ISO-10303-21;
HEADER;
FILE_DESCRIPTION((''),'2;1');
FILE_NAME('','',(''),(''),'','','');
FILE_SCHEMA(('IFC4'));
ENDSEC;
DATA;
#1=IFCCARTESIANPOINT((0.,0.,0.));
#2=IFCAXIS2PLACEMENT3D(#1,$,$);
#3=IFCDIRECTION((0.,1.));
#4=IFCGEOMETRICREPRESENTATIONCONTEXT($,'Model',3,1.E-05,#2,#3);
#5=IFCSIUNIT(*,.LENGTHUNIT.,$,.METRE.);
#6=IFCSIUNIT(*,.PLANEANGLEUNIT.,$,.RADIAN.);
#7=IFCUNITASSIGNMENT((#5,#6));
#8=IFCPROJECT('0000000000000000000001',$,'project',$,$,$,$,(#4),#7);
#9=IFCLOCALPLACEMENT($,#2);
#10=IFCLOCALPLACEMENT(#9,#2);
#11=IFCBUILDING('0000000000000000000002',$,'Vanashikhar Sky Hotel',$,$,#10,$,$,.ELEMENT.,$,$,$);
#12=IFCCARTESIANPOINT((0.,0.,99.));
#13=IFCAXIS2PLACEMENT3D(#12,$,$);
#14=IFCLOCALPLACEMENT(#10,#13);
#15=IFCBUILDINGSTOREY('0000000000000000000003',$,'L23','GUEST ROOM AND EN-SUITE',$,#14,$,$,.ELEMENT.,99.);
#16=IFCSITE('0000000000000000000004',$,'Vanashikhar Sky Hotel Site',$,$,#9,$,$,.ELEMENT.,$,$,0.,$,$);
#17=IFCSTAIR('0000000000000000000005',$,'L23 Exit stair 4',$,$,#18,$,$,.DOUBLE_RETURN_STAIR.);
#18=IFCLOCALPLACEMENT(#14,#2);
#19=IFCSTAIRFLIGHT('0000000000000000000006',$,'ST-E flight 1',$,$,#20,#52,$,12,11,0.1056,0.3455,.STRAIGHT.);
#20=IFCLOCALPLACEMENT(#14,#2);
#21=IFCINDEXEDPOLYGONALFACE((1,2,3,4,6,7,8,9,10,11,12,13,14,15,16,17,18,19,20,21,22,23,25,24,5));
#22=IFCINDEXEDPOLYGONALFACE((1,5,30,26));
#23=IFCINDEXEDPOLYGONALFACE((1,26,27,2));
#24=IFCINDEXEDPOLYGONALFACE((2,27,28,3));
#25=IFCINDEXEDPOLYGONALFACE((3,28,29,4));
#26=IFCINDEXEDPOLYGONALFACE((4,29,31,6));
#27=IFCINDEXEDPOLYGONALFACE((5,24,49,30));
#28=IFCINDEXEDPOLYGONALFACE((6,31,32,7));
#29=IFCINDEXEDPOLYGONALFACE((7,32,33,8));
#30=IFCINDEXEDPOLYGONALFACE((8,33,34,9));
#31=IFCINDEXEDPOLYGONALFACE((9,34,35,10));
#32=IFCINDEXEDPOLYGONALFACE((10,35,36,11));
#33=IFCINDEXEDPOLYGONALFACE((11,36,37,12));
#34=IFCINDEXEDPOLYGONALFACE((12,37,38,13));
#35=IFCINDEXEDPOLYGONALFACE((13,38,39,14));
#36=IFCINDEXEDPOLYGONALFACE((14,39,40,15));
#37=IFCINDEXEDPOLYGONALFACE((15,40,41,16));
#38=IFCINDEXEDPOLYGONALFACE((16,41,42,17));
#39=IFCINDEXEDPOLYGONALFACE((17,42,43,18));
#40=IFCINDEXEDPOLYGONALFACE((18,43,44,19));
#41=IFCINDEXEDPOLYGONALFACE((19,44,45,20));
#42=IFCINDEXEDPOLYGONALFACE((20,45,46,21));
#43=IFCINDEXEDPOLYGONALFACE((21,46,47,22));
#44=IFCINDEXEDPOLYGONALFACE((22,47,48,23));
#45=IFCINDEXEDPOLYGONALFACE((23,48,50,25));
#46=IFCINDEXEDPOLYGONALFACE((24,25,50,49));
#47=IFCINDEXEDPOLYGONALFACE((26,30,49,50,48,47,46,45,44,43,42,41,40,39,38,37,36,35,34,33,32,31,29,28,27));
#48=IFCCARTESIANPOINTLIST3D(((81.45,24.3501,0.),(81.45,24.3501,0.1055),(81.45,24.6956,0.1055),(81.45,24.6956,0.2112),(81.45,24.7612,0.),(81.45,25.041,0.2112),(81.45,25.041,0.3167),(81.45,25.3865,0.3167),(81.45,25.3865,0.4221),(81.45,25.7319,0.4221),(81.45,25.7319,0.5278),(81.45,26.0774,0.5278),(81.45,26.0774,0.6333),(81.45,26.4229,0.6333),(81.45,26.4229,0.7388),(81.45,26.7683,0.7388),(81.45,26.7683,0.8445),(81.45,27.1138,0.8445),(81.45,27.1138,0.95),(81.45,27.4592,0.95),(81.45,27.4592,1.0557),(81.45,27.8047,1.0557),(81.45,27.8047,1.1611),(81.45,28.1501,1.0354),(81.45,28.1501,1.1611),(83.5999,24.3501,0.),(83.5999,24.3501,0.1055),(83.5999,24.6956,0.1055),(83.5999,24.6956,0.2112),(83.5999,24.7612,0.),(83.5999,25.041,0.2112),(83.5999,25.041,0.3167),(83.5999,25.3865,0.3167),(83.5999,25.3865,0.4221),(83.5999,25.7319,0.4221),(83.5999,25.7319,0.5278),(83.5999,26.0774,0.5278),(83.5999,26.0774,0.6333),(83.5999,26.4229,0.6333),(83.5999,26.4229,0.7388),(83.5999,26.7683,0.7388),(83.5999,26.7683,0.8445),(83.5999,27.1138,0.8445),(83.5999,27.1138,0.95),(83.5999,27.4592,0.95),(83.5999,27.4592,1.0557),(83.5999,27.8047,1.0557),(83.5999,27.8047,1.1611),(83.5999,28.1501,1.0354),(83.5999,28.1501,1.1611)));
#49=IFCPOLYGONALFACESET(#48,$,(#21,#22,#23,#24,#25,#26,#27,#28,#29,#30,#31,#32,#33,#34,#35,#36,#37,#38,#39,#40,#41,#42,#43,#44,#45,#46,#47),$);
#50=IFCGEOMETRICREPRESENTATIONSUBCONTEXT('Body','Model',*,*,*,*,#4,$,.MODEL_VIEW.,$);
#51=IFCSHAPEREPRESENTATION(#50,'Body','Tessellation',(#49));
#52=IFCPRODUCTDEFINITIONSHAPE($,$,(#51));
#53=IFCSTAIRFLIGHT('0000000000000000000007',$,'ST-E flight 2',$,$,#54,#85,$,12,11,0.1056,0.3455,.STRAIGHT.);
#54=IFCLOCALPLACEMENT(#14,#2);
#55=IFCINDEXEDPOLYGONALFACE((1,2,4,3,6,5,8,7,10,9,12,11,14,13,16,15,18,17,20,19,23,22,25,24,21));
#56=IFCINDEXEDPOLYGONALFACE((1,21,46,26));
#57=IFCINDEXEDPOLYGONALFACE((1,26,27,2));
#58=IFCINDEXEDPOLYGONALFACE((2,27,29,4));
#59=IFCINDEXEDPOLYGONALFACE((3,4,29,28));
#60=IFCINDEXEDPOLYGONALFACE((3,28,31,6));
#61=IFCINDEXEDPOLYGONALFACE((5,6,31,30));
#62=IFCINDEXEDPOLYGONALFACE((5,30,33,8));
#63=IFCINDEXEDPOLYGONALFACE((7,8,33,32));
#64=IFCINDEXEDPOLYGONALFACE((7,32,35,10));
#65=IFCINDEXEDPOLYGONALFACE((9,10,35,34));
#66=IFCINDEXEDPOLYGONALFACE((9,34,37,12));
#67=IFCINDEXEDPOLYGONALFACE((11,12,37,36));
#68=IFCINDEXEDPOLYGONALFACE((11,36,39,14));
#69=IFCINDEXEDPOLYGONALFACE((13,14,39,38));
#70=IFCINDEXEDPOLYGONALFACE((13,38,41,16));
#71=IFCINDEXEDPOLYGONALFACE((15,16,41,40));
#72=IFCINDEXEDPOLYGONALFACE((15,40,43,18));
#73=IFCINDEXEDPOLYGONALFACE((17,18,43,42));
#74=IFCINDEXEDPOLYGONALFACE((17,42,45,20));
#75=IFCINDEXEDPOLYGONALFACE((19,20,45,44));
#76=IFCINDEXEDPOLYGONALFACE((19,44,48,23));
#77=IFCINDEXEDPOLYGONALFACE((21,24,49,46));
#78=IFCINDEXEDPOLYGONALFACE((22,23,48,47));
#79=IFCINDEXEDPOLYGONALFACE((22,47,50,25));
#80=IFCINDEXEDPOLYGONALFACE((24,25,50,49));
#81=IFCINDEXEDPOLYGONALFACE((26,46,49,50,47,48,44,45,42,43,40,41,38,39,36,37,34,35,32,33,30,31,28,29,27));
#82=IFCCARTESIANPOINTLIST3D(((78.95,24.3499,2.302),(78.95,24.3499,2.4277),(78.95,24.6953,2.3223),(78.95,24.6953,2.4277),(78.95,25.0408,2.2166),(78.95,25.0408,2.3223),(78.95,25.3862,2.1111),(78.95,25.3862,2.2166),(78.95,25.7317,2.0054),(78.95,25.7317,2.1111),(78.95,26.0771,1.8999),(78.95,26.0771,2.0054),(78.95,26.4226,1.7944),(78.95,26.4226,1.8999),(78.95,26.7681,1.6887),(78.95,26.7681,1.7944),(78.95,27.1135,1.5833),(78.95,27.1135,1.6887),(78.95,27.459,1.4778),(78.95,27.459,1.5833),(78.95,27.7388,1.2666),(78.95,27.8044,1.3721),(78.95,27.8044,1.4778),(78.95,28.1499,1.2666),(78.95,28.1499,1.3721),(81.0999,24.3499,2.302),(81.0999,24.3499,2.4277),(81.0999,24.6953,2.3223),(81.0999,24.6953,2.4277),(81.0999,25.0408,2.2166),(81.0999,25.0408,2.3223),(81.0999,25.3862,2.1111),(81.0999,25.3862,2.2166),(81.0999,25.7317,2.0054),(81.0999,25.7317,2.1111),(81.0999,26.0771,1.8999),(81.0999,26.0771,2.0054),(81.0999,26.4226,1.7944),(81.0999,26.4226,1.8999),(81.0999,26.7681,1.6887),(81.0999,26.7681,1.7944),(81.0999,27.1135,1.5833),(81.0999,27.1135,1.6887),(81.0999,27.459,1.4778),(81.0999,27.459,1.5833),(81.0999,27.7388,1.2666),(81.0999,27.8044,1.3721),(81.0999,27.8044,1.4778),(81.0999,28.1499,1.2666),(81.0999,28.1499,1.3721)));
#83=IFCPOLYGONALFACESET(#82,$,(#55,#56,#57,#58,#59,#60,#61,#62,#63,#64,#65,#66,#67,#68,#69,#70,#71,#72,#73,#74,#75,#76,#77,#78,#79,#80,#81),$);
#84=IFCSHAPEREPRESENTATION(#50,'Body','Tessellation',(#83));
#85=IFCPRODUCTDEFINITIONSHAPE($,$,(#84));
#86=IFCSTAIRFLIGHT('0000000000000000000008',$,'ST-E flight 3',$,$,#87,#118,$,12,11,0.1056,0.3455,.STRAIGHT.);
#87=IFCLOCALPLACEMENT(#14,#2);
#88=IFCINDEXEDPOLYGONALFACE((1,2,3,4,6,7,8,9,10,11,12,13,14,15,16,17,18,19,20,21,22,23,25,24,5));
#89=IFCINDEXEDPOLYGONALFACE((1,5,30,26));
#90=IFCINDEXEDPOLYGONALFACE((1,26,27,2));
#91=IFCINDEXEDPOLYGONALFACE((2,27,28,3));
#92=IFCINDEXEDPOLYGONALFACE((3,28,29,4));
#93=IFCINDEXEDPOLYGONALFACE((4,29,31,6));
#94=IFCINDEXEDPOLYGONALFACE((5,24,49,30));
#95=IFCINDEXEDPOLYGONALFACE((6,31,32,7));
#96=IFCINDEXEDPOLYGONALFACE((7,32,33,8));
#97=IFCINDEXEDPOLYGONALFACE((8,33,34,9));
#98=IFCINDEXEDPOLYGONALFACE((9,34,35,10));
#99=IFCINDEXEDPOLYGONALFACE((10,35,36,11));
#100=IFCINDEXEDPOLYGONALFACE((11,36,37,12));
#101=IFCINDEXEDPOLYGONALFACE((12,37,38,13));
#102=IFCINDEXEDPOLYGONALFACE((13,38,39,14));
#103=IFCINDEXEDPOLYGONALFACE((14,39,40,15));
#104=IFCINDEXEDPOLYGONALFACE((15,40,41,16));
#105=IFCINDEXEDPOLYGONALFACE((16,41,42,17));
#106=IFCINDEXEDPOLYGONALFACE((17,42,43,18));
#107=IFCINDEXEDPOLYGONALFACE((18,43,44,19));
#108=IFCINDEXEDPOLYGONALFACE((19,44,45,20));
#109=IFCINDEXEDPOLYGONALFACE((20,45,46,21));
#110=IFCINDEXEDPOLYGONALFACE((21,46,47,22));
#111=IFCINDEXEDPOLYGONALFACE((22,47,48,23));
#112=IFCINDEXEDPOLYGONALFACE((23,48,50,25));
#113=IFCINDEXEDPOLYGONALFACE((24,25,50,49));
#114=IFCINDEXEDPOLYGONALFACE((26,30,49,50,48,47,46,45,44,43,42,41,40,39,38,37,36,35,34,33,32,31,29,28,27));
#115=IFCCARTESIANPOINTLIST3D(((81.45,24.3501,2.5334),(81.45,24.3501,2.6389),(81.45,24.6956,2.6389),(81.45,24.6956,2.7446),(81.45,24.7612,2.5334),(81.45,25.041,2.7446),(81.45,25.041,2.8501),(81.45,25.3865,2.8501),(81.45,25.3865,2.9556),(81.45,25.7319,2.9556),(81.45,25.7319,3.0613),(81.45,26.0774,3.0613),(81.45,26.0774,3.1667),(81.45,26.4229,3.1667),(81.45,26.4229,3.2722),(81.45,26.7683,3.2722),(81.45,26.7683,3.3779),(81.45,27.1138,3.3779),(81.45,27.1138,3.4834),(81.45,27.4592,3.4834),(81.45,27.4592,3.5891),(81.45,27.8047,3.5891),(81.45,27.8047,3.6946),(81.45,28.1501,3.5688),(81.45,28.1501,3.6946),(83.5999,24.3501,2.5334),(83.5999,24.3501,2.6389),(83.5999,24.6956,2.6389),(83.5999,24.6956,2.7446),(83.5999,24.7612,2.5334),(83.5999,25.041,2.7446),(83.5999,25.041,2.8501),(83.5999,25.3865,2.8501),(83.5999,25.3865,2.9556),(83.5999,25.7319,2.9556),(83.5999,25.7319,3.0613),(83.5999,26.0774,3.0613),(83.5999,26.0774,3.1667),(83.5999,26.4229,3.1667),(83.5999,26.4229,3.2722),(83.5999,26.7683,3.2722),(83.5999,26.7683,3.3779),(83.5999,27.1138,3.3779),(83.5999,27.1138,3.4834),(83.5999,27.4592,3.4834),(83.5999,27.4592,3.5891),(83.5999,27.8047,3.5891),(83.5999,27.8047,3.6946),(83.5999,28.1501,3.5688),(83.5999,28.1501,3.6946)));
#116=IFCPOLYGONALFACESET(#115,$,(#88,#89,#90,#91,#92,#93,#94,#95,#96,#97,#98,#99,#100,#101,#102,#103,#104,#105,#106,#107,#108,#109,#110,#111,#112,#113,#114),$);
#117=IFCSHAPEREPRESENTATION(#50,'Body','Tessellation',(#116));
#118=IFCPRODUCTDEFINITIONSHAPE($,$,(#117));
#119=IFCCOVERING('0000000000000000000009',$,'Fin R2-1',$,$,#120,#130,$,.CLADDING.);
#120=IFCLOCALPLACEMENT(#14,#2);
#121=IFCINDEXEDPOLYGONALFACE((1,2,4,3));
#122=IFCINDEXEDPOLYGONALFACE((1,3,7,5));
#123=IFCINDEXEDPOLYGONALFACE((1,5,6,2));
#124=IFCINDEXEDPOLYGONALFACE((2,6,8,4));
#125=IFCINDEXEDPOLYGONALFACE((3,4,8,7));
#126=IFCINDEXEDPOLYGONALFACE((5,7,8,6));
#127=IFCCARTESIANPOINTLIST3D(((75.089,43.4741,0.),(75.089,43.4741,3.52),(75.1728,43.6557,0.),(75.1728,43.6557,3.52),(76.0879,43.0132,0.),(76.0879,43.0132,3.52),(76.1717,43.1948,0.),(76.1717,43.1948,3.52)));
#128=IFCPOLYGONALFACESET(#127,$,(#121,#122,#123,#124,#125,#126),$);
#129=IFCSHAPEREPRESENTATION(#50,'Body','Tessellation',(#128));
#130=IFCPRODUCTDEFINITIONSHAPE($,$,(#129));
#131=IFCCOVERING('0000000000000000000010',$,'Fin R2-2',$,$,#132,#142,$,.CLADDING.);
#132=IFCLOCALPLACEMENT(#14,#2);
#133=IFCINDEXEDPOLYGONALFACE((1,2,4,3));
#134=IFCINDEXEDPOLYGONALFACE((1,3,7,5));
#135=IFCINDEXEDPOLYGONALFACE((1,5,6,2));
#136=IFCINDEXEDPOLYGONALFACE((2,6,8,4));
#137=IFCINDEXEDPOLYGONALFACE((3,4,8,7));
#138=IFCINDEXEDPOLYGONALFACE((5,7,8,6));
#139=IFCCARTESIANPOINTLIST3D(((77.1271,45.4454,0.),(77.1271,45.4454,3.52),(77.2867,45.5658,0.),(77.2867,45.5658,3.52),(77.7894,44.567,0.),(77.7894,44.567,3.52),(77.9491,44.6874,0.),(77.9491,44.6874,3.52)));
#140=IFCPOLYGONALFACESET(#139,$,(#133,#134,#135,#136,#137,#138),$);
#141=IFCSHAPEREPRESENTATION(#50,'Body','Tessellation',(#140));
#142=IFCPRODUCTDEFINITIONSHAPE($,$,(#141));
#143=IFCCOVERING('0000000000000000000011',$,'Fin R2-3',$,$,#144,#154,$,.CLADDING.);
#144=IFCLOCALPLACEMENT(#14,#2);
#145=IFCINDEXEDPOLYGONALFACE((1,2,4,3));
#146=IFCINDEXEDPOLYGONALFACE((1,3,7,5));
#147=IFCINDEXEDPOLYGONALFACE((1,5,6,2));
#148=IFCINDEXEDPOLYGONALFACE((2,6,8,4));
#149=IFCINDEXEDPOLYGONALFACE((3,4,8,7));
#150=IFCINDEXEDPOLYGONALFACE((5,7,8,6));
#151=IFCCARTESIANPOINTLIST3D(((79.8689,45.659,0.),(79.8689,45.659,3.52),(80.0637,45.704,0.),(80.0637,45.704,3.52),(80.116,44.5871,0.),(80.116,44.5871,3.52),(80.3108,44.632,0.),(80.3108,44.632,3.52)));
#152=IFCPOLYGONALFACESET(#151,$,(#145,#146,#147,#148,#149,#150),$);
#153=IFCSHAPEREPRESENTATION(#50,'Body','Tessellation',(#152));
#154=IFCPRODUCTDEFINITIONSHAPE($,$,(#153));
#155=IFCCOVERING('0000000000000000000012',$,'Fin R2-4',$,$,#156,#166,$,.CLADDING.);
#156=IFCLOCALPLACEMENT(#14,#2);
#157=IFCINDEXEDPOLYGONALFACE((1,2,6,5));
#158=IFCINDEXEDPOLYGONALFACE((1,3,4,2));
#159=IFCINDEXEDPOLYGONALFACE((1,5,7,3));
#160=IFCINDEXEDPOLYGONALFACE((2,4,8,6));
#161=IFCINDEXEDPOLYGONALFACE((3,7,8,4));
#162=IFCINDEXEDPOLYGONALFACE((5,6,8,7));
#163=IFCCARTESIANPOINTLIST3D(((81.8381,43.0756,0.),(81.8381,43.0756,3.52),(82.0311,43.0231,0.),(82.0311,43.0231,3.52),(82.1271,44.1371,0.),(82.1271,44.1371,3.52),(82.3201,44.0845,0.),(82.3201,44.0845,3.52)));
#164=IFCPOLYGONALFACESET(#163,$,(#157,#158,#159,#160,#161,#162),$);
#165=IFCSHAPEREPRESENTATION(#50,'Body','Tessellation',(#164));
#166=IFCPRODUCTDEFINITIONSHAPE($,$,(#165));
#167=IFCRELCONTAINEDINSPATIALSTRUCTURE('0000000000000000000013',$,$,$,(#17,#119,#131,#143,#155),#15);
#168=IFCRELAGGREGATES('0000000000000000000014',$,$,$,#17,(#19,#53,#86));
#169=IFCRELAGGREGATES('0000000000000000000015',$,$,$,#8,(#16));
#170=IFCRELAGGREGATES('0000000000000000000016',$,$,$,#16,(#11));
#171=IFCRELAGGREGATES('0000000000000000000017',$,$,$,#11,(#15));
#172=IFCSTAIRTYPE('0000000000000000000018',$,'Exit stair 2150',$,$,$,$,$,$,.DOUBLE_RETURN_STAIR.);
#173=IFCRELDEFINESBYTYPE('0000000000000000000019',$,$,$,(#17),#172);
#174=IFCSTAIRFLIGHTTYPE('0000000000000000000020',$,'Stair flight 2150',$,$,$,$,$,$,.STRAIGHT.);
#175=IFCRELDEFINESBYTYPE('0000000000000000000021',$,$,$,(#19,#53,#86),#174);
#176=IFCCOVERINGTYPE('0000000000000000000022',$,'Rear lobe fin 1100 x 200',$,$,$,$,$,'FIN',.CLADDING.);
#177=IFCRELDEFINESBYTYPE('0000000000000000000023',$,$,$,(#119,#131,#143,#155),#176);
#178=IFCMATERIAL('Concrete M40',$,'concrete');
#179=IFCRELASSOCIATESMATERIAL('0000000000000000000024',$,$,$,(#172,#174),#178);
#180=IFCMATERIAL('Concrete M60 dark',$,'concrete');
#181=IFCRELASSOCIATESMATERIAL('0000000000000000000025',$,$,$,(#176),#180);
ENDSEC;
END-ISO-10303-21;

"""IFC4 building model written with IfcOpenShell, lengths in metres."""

from ifc_helpers import new_model, si_unit, direction, frame, origin, origin_2d, place, context, subcontext, project, spatial, polyline, rectangle, outline, extrude, source, transform, mapped, material, material_profile, profile_set, type_object, element, aggregate, save


model = new_model("IFC4")

# Units and contexts
model_context = context("Model", 3, precision=1e-05, world=origin(), true_north=direction((0.0, 1.0)))
body_context = subcontext(model_context, "Body", "Model", "MODEL_VIEW")
ifc_project = project(units=[si_unit("LENGTHUNIT", "METRE"), si_unit("PLANEANGLEUNIT", "RADIAN")], contexts=[model_context])

# Site, building, storey
site_placement = place(None, origin())
site = spatial("IfcSite", under=ifc_project, at=site_placement, Name="Vanashikhar Sky Hotel Site", CompositionType="ELEMENT", RefElevation=0.0)
building_placement = place(site_placement, origin())
building = spatial("IfcBuilding", under=site, at=building_placement, Name="Vanashikhar Sky Hotel", CompositionType="ELEMENT")
storey_placement = place(building_placement, frame((0.0, 0.0, 99.0)))
storey = spatial("IfcBuildingStorey", under=building, at=storey_placement, Name="L23", Description="GUEST ROOM AND EN-SUITE", CompositionType="ELEMENT", Elevation=99.0)

# Stair, stair flights
ifc_material_1 = material(Name="Concrete M40", Category="concrete")
stair_type = type_object("IfcStairType", Name="Exit stair 2150", PredefinedType="DOUBLE_RETURN_STAIR", material=ifc_material_1)
stair_placement = place(storey_placement, origin())
stair = element("IfcStair", 1, at=stair_placement, inside=storey, type_object=stair_type, Name="L23 Exit stair 4", PredefinedType="DOUBLE_RETURN_STAIR")
stair_flight_type = type_object("IfcStairFlightType", Name="Stair flight 2150", PredefinedType="STRAIGHT", material=ifc_material_1)
shared_shape_1 = source(origin(), body_context, "Body", "SweptSolid", [
    extrude(outline(polyline([(0.0, 0.0), (0.0, 0.1055), (0.3455, 0.1055), (0.3455, 0.2112), (0.6909, 0.2112), (0.6909, 0.3167), (1.0364, 0.3167), (1.0364, 0.4221), (1.3818, 0.4221), (1.3818, 0.5278), (1.7273, 0.5278), (1.7273, 0.6333), (2.0728, 0.6333), (2.0728, 0.7388), (2.4182, 0.7388), (2.4182, 0.8445), (2.7637, 0.8445), (2.7637, 0.95), (3.1091, 0.95), (3.1091, 1.0557), (3.4546, 1.0557), (3.4546, 1.1611), (3.8, 1.1611), (3.8, 1.2666), (3.8, 1.0354), (0.4111, 0.0), (0.0, 0.0)])), frame((0.0, 1.075, 0.0), z_axis=(0.0, -1.0, 0.0), x_axis=(1.0, 0.0, 0.0)), (0.0, 0.0, 1.0), 2.1499),
])
stair_flight_1_placement = place(storey_placement, frame((82.5249, 24.3501, 0.0), z_axis=(0.0, 0.0, 1.0), x_axis=(0.0, 1.0, 0.0)))
stair_flight_1 = element("IfcStairFlight", 2, at=stair_flight_1_placement, type_object=stair_flight_type, Name="ST-E flight 1", NumberOfRisers=12, NumberOfTreads=11, PredefinedType="STRAIGHT", RiserHeight=0.1056, TreadLength=0.3455, context=body_context, shape_type="MappedRepresentation", body=[
    mapped(shared_shape_1, transform((0.0, 0.0, 0.0), scale=1.0)),
])
stair_flight_2_placement = place(storey_placement, frame((80.0249, 28.1499, 1.2666), z_axis=(0.0, 0.0, 1.0), x_axis=(0.0, -1.0, 0.0)))
stair_flight_2 = element("IfcStairFlight", 3, at=stair_flight_2_placement, type_object=stair_flight_type, Name="ST-E flight 2", NumberOfRisers=12, NumberOfTreads=11, PredefinedType="STRAIGHT", RiserHeight=0.1056, TreadLength=0.3455, context=body_context, shape_type="MappedRepresentation", body=[
    mapped(shared_shape_1, transform((0.0, 0.0, 0.0), scale=1.0)),
])
stair_flight_3_placement = place(storey_placement, frame((82.5249, 24.3501, 2.5334), z_axis=(0.0, 0.0, 1.0), x_axis=(0.0, 1.0, 0.0)))
stair_flight_3 = element("IfcStairFlight", 4, at=stair_flight_3_placement, type_object=stair_flight_type, Name="ST-E flight 3", NumberOfRisers=12, NumberOfTreads=11, PredefinedType="STRAIGHT", RiserHeight=0.1056, TreadLength=0.3455, context=body_context, shape_type="MappedRepresentation", body=[
    mapped(shared_shape_1, transform((0.0, 0.0, 0.0), scale=1.0)),
])
aggregate(stair, [stair_flight_1, stair_flight_2, stair_flight_3])

# Coverings
ifc_material_2 = material(Name="Concrete M60 dark", Category="concrete")
ifc_material_profile_1 = material_profile(ifc_material_2, rectangle(XDim=1.1001, YDim=0.2, at=origin_2d()))
ifc_profile_set_1 = profile_set([ifc_material_profile_1], Name="Rear lobe fin 1100 x 200")
covering_type = type_object("IfcCoveringType", Name="Rear lobe fin 1100 x 200", ElementType="FIN", PredefinedType="CLADDING", material=ifc_profile_set_1)
shared_shape_2 = source(origin(), body_context, "Body", "SweptSolid", [
    extrude(rectangle(XDim=1.1001, YDim=0.2, at=origin_2d()), origin(), (0.0, 0.0, 1.0), 3.52),
])
for number, where, z_axis, x_axis, name in (
    (5, (75.6304, 43.3345, 0.0), (0.0, 0.0, 1.0), (-0.908004, 0.418961, 0.0), "Fin R2-1"),
    (6, (77.5381, 45.0664, 0.0), (0.0, 0.0, 1.0), (-0.602066, 0.798446, 0.0), "Fin R2-2"),
    (7, (80.0898, 45.1455, 0.0), (0.0, 0.0, 1.0), (-0.224645, 0.974441, 0.0), "Fin R2-3"),
    (8, (82.0791, 43.5801, 0.0), (0.0, 0.0, 1.0), (0.262711, 0.964874, 0.0), "Fin R2-4"),
):
    element("IfcCovering", number, at=place(storey_placement, frame(where, z_axis=z_axis, x_axis=x_axis)), inside=storey, type_object=covering_type, Name=name, PredefinedType="CLADDING", context=body_context, shape_type="MappedRepresentation", body=[
        mapped(shared_shape_2, transform((0.0, 0.0, 0.0), scale=1.0)),
    ])

save(model, "model.ifc")
